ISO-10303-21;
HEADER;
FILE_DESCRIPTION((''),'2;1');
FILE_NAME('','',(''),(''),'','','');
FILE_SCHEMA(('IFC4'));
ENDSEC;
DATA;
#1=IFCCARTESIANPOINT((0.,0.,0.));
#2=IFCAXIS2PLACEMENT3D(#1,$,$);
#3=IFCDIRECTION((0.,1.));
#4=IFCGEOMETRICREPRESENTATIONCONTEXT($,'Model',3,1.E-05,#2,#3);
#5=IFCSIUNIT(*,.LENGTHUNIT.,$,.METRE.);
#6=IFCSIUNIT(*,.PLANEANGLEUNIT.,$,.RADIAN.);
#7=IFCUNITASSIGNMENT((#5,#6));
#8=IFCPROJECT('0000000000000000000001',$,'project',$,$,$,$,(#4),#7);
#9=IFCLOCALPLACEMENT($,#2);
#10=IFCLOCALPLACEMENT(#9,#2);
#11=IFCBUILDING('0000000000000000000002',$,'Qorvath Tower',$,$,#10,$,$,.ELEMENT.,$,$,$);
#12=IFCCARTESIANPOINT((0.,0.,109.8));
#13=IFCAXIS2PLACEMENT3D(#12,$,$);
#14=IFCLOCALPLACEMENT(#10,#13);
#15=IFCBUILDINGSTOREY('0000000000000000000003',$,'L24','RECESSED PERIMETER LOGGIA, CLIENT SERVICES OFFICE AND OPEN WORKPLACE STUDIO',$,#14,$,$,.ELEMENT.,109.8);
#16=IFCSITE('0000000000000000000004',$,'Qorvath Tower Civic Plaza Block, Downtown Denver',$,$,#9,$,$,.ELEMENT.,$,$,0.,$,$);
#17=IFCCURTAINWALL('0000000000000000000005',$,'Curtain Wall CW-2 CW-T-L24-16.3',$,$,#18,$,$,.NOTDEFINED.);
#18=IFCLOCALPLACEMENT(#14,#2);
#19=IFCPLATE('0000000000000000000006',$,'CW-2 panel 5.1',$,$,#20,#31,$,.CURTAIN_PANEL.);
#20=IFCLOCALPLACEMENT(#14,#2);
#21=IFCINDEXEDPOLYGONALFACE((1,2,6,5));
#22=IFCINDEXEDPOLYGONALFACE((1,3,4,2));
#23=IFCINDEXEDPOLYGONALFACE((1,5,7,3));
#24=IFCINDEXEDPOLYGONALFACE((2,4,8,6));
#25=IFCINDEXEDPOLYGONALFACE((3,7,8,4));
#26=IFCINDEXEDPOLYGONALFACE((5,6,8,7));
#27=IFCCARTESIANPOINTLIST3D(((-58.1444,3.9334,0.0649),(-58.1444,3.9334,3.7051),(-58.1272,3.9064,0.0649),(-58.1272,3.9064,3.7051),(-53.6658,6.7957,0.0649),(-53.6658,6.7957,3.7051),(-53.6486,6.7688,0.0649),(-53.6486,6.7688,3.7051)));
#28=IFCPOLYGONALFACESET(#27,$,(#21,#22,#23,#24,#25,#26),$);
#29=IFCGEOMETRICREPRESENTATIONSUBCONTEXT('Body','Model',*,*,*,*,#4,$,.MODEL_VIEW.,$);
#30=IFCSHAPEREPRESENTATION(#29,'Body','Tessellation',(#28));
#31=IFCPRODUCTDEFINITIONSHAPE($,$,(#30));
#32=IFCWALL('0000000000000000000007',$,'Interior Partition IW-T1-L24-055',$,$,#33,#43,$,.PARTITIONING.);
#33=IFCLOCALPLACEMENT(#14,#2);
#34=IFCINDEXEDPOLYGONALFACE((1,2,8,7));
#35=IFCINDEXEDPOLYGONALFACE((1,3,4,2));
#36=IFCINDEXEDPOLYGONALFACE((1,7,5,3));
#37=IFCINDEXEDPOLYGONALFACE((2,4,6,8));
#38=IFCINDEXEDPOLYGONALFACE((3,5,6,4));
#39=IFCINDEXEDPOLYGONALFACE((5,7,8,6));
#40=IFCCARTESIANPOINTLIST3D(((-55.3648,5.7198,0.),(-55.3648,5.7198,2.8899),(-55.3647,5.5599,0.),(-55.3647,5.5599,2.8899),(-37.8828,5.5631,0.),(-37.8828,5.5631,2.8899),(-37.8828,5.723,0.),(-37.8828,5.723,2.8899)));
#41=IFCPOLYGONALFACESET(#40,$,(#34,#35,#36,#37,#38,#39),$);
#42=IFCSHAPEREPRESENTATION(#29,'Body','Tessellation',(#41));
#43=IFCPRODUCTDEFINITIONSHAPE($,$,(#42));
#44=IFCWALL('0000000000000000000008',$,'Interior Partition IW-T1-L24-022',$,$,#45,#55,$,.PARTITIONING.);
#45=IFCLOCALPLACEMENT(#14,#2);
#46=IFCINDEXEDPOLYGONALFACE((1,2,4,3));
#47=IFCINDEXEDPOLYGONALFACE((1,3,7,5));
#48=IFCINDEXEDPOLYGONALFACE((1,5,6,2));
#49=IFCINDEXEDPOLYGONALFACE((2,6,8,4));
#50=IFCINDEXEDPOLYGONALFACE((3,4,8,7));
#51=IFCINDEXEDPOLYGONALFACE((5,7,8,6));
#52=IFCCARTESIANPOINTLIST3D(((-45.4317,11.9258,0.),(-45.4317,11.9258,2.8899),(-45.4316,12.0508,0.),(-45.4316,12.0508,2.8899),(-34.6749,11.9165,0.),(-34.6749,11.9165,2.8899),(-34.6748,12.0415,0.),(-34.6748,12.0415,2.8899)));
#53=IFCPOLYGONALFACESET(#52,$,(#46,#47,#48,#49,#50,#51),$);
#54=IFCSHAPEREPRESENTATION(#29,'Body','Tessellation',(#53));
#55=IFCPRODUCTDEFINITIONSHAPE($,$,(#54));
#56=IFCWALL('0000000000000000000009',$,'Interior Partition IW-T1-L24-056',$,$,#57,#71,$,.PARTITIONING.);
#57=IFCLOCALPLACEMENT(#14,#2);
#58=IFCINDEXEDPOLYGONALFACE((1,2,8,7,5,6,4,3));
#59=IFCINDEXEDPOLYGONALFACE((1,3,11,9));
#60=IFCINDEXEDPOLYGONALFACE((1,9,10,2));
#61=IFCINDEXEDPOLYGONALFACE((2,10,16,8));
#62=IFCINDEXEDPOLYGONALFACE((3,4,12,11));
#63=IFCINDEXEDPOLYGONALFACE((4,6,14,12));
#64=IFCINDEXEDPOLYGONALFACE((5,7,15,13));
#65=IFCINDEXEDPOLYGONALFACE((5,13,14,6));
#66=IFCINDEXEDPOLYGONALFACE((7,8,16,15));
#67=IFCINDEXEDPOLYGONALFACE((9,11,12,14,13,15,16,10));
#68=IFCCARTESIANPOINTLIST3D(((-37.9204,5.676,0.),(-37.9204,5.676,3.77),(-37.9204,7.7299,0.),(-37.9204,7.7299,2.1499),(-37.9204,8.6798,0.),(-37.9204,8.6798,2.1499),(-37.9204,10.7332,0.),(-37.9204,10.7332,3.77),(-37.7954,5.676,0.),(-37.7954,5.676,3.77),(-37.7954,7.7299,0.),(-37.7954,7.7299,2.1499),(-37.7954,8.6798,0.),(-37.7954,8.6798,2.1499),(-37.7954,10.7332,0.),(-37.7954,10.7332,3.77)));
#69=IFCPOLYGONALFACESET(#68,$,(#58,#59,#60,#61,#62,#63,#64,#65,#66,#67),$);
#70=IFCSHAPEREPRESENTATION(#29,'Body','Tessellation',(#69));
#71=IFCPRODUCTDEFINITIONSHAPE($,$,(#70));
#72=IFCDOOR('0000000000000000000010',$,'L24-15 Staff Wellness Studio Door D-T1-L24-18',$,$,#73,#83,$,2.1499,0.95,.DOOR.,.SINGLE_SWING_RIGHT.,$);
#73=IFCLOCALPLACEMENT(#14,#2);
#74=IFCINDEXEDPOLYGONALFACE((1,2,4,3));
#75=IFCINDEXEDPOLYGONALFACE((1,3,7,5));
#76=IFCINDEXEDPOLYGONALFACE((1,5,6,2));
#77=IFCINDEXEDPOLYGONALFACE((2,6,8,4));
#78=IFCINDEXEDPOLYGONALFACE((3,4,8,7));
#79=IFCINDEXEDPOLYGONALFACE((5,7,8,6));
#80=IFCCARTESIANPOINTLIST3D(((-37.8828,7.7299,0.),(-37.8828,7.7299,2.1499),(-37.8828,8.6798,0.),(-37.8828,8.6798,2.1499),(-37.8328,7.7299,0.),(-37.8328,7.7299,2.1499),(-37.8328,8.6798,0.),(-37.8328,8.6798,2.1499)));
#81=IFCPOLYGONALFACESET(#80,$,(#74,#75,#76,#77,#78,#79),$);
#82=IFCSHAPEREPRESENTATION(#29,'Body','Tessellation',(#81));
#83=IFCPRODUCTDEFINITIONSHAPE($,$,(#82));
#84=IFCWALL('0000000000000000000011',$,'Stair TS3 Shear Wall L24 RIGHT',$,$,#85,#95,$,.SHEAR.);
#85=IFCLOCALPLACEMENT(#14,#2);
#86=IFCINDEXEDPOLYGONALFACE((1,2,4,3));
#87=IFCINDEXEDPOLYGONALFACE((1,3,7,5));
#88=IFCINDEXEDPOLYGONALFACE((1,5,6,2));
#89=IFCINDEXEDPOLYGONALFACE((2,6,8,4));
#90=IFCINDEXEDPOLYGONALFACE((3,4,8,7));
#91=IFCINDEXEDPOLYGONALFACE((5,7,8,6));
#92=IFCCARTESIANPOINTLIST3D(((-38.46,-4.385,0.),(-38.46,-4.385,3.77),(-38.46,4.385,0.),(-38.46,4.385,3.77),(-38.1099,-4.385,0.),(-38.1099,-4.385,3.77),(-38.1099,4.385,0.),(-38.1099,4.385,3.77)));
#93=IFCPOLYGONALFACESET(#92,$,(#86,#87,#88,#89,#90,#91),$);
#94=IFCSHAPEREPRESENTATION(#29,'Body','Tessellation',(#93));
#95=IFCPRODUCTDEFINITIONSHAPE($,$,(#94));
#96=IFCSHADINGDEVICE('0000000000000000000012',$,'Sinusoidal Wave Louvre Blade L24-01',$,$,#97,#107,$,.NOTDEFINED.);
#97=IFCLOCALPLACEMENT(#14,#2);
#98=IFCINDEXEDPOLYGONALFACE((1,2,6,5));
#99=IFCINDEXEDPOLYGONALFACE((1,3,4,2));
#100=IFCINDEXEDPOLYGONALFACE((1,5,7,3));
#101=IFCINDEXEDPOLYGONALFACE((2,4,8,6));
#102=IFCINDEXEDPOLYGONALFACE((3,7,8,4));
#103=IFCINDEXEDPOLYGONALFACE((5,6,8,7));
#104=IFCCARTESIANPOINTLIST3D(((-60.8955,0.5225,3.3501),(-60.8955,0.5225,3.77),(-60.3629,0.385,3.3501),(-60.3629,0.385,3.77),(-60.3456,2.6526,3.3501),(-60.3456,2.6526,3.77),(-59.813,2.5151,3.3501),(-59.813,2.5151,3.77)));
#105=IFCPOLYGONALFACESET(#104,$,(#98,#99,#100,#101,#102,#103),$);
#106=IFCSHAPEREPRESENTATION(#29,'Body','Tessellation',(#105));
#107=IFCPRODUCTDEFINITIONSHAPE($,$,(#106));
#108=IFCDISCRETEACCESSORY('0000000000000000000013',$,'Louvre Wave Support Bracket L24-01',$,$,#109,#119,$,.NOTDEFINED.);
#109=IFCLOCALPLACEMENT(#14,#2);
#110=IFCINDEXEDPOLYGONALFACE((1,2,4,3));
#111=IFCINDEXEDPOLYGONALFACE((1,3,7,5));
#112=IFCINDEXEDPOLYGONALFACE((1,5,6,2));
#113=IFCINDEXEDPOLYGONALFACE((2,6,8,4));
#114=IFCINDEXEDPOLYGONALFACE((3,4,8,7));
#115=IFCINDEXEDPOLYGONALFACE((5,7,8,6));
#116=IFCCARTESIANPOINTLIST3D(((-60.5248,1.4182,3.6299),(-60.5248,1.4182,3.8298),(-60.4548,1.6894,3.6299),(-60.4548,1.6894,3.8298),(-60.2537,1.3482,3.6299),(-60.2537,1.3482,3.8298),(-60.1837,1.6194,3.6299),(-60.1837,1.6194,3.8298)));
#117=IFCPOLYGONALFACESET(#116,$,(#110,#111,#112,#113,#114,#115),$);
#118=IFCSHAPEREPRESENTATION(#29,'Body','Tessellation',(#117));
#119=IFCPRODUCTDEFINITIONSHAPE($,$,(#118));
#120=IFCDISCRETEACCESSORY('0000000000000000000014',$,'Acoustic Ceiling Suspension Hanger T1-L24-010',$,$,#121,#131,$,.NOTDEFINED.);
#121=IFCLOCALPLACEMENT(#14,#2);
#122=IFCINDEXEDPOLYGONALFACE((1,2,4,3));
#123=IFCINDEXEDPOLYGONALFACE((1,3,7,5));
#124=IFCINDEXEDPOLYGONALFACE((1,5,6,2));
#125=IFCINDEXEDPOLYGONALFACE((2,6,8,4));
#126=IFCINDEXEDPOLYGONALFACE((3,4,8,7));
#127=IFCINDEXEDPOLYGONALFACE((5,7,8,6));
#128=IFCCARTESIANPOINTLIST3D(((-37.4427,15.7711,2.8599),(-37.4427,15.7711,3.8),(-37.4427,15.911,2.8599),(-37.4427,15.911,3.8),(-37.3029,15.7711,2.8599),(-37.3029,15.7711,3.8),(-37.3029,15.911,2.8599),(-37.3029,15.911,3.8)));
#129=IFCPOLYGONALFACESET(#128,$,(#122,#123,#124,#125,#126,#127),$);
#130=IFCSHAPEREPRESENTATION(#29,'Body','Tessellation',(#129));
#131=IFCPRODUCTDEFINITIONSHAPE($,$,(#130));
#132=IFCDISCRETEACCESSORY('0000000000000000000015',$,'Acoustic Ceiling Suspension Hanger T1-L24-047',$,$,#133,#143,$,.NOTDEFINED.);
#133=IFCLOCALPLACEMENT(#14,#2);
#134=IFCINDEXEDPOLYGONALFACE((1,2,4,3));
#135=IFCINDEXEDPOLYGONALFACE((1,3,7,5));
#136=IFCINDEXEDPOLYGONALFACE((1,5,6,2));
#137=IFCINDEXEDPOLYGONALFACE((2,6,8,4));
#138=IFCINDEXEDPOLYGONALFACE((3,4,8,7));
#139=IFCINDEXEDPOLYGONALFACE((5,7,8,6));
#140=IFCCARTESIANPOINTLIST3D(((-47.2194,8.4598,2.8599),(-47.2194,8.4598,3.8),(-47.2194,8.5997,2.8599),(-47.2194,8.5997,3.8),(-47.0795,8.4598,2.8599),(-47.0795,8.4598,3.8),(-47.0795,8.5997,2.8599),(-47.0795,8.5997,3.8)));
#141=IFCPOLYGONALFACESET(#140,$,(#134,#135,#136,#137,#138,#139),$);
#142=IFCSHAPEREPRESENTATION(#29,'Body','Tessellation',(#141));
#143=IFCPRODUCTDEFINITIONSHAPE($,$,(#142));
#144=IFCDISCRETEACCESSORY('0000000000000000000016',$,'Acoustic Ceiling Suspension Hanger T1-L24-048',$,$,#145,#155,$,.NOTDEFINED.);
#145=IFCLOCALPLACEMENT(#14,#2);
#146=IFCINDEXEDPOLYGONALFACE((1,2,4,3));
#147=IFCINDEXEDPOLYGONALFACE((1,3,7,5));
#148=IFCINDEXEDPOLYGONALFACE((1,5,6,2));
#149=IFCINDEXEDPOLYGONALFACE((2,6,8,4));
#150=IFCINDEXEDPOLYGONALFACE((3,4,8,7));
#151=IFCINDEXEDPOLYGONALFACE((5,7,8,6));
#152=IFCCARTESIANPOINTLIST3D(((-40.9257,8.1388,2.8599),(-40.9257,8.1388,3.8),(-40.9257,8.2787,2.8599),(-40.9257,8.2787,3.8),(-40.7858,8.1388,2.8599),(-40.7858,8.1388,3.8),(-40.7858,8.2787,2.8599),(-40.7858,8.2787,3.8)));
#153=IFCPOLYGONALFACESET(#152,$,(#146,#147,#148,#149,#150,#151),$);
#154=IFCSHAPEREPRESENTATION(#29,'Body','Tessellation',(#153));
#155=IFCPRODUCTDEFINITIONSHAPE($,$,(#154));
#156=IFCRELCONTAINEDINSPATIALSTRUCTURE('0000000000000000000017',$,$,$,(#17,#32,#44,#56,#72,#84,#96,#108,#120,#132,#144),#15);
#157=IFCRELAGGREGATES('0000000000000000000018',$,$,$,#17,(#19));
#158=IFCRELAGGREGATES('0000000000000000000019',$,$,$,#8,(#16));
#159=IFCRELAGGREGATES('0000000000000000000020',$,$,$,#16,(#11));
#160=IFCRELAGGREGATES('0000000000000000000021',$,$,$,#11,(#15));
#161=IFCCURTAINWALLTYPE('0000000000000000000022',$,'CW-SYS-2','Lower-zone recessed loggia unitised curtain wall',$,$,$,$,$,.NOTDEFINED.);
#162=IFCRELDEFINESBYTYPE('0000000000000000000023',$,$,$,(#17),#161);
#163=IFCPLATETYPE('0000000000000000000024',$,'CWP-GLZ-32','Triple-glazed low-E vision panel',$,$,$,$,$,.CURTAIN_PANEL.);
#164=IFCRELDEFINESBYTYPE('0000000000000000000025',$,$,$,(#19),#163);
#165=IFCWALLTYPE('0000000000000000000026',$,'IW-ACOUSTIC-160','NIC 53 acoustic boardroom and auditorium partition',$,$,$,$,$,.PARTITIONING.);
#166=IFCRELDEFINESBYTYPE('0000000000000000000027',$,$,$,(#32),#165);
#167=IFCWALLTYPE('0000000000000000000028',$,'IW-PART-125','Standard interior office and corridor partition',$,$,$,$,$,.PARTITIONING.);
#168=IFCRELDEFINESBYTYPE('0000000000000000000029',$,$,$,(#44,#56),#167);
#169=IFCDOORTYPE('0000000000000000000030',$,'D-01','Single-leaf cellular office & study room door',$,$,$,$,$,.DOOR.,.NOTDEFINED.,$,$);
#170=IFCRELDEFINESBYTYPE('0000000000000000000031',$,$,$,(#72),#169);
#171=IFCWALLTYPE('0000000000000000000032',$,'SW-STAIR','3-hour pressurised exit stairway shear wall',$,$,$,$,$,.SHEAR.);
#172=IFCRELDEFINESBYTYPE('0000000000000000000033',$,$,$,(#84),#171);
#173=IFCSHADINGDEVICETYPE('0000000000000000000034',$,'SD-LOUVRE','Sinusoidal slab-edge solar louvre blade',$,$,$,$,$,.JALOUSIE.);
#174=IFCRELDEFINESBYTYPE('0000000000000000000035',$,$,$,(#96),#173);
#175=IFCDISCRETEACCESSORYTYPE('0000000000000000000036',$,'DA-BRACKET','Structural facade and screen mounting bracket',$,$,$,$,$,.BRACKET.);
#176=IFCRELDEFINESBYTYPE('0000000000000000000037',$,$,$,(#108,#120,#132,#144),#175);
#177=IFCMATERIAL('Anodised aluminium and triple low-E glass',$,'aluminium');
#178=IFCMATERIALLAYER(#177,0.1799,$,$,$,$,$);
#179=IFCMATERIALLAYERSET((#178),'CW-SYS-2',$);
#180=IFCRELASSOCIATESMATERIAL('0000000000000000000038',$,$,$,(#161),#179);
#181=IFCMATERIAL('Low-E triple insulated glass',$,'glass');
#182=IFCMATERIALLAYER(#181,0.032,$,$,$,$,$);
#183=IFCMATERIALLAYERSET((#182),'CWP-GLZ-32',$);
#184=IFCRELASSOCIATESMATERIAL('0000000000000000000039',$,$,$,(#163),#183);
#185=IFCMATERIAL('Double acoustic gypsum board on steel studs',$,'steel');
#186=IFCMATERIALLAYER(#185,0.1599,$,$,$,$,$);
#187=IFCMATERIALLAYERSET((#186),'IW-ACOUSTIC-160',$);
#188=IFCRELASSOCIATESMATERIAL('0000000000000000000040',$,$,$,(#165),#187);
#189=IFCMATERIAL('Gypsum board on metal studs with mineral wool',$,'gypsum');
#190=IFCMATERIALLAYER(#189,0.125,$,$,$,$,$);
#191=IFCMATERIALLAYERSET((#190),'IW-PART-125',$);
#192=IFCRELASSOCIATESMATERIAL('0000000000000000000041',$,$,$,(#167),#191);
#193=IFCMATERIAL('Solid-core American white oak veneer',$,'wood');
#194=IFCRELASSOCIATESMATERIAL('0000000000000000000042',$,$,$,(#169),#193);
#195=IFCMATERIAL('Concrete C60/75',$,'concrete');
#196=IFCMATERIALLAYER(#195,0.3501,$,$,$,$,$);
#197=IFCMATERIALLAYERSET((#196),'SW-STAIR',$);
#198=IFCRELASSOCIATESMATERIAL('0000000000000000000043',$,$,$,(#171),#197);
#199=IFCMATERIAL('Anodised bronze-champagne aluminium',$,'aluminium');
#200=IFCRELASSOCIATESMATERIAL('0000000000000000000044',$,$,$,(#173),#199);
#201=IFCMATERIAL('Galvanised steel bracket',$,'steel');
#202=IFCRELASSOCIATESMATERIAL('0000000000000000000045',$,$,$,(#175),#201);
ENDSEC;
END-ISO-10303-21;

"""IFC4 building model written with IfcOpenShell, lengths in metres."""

from ifc_helpers import new_model, si_unit, direction, frame, frame_2d, origin, origin_2d, place, context, subcontext, project, spatial, rectangle, extrude, material, layer, layer_set, type_object, element, fill, aggregate, save


model = new_model("IFC4")

# Units and contexts
model_context = context("Model", 3, precision=1e-05, world=origin(), true_north=direction((0.0, 1.0)))
body_context = subcontext(model_context, "Body", "Model", "MODEL_VIEW")
ifc_project = project(units=[si_unit("LENGTHUNIT", "METRE"), si_unit("PLANEANGLEUNIT", "RADIAN")], contexts=[model_context])

# Site, building, storey
site_placement = place(None, origin())
site = spatial("IfcSite", under=ifc_project, at=site_placement, Name="Qorvath Tower Civic Plaza Block, Downtown Denver", CompositionType="ELEMENT", RefElevation=0.0)
building_placement = place(site_placement, origin())
building = spatial("IfcBuilding", under=site, at=building_placement, Name="Qorvath Tower", CompositionType="ELEMENT")
storey_placement = place(building_placement, frame((0.0, 0.0, 109.8)))
storey = spatial("IfcBuildingStorey", under=building, at=storey_placement, Name="L24", Description="RECESSED PERIMETER LOGGIA, CLIENT SERVICES OFFICE AND OPEN WORKPLACE STUDIO", CompositionType="ELEMENT", Elevation=109.8)

# Curtain wall, plate
ifc_material_1 = material(Name="Anodised aluminium and triple low-E glass", Category="aluminium")
ifc_layer_1 = layer(ifc_material_1, 0.1799)
ifc_layer_set_1 = layer_set([ifc_layer_1], Name="CW-SYS-2")
curtain_wall_type = type_object("IfcCurtainWallType", Name="CW-SYS-2", Description="Lower-zone recessed loggia unitised curtain wall", PredefinedType="NOTDEFINED", material=ifc_layer_set_1)
curtain_wall_placement = place(storey_placement, origin())
curtain_wall = element("IfcCurtainWall", 1, at=curtain_wall_placement, inside=storey, type_object=curtain_wall_type, Name="Curtain Wall CW-2 CW-T-L24-16.3", PredefinedType="NOTDEFINED")
ifc_material_2 = material(Name="Low-E triple insulated glass", Category="glass")
ifc_layer_2 = layer(ifc_material_2, 0.032)
ifc_layer_set_2 = layer_set([ifc_layer_2], Name="CWP-GLZ-32")
plate_type = type_object("IfcPlateType", Name="CWP-GLZ-32", Description="Triple-glazed low-E vision panel", PredefinedType="CURTAIN_PANEL", material=ifc_layer_set_2)
plate_1_placement = place(storey_placement, frame((-55.8965, 5.3511, 0.0649), z_axis=(0.0, 0.0, 1.0), x_axis=(-0.842606, -0.53853, 0.0)))
plate_1 = element("IfcPlate", 2, at=plate_1_placement, type_object=plate_type, Name="CW-2 panel 5.1", PredefinedType="CURTAIN_PANEL", context=body_context, shape_type="SweptSolid", body=[
    extrude(rectangle(XDim=5.3152, YDim=0.032, at=origin_2d()), origin(), (0.0, 0.0, 1.0), 3.6401),
])
aggregate(curtain_wall, [plate_1])

# Walls
ifc_material_3 = material(Name="Double acoustic gypsum board on steel studs", Category="steel")
ifc_layer_3 = layer(ifc_material_3, 0.1599)
ifc_layer_set_3 = layer_set([ifc_layer_3], Name="IW-ACOUSTIC-160")
wall_type_1 = type_object("IfcWallType", Name="IW-ACOUSTIC-160", Description="NIC 53 acoustic boardroom and auditorium partition", PredefinedType="PARTITIONING", material=ifc_layer_set_3)
wall_1_placement = place(storey_placement, frame((-37.8828, 5.6431, 0.0), z_axis=(0.0, 0.0, 1.0), x_axis=(-1.0, -0.000182, 0.0)))
element("IfcWall", 3, at=wall_1_placement, inside=storey, type_object=wall_type_1, Name="Interior Partition IW-T1-L24-055", PredefinedType="PARTITIONING", context=body_context, shape_type="SweptSolid", body=[
    extrude(rectangle(XDim=17.4819, YDim=0.1599, at=frame_2d((8.741, 0.0))), origin(), (0.0, 0.0, 1.0), 2.8899),
])
ifc_material_4 = material(Name="Gypsum board on metal studs with mineral wool", Category="gypsum")
ifc_layer_4 = layer(ifc_material_4, 0.125)
ifc_layer_set_4 = layer_set([ifc_layer_4], Name="IW-PART-125")
wall_type_2 = type_object("IfcWallType", Name="IW-PART-125", Description="Standard interior office and corridor partition", PredefinedType="PARTITIONING", material=ifc_layer_set_4)
wall_2_placement = place(storey_placement, frame((-45.4316, 11.9883, 0.0), z_axis=(0.0, 0.0, 1.0), x_axis=(1.0, -0.000862, 0.0)))
element("IfcWall", 4, at=wall_2_placement, inside=storey, type_object=wall_type_2, Name="Interior Partition IW-T1-L24-022", PredefinedType="PARTITIONING", context=body_context, shape_type="SweptSolid", body=[
    extrude(rectangle(XDim=10.7568, YDim=0.125, at=frame_2d((5.3784, 0.0))), origin(), (0.0, 0.0, 1.0), 2.8899),
])

# Wall, opening, door
wall_3_placement = place(storey_placement, frame((-37.8579, 5.676, 0.0), z_axis=(0.0, 0.0, 1.0), x_axis=(0.0, 1.0, 0.0)))
wall_3 = element("IfcWall", 5, at=wall_3_placement, inside=storey, type_object=wall_type_2, Name="Interior Partition IW-T1-L24-056", PredefinedType="PARTITIONING", context=body_context, shape_type="SweptSolid", body=[
    extrude(rectangle(XDim=5.0571, YDim=0.125, at=frame_2d((2.5286, 0.0))), origin(), (0.0, 0.0, 1.0), 3.77),
])
opening_placement = place(wall_3_placement, frame((2.0537, 0.0, 0.0)))
opening = element("IfcOpeningElement", 6, at=opening_placement, cuts=wall_3, PredefinedType="OPENING", context=body_context, shape_type="SweptSolid", body=[
    extrude(rectangle(XDim=0.95, YDim=2.1499, at=frame_2d((0.4751, 1.075))), frame((0.0, 0.0725, 0.0), z_axis=(0.0, -1.0, 0.0), x_axis=(1.0, 0.0, 0.0)), (0.0, 0.0, 1.0), 0.145),
])
ifc_material_5 = material(Name="Solid-core American white oak veneer", Category="wood")
door_type = type_object("IfcDoorType", Name="D-01", Description="Single-leaf cellular office & study room door", OperationType="NOTDEFINED", PredefinedType="DOOR", material=ifc_material_5)
door_placement = place(opening_placement, origin())
door = element("IfcDoor", 7, at=door_placement, inside=storey, type_object=door_type, Name="L24-15 Staff Wellness Studio Door D-T1-L24-18", OperationType="SINGLE_SWING_RIGHT", OverallHeight=2.1499, OverallWidth=0.95, PredefinedType="DOOR", context=body_context, shape_type="SweptSolid", body=[
    extrude(rectangle(XDim=0.95, YDim=2.1499, at=frame_2d((0.4751, 1.075))), frame((0.0, 0.0249, 0.0), z_axis=(0.0, -1.0, 0.0), x_axis=(1.0, 0.0, 0.0)), (0.0, 0.0, 1.0), 0.05),
])
fill(opening, door)

# Wall
ifc_material_6 = material(Name="Concrete C60/75", Category="concrete")
ifc_layer_5 = layer(ifc_material_6, 0.3501)
ifc_layer_set_5 = layer_set([ifc_layer_5], Name="SW-STAIR")
wall_type_3 = type_object("IfcWallType", Name="SW-STAIR", Description="3-hour pressurised exit stairway shear wall", PredefinedType="SHEAR", material=ifc_layer_set_5)
wall_4_placement = place(storey_placement, frame((-38.2849, 4.385, 0.0), z_axis=(0.0, 0.0, 1.0), x_axis=(0.0, -1.0, 0.0)))
element("IfcWall", 8, at=wall_4_placement, inside=storey, type_object=wall_type_3, Name="Stair TS3 Shear Wall L24 RIGHT", PredefinedType="SHEAR", context=body_context, shape_type="SweptSolid", body=[
    extrude(rectangle(XDim=8.77, YDim=0.3501, at=frame_2d((4.385, 0.0))), origin(), (0.0, 0.0, 1.0), 3.77),
])

# Shading device
ifc_material_7 = material(Name="Anodised bronze-champagne aluminium", Category="aluminium")
shading_device_type = type_object("IfcShadingDeviceType", Name="SD-LOUVRE", Description="Sinusoidal slab-edge solar louvre blade", PredefinedType="JALOUSIE", material=ifc_material_7)
shading_device_placement = place(storey_placement, frame((-60.3542, 1.5188, 3.3501), z_axis=(0.0, 0.0, 1.0), x_axis=(-0.249942, -0.968261, 0.0)))
element("IfcShadingDevice", 9, at=shading_device_placement, inside=storey, type_object=shading_device_type, Name="Sinusoidal Wave Louvre Blade L24-01", PredefinedType="NOTDEFINED", context=body_context, shape_type="SweptSolid", body=[
    extrude(rectangle(XDim=2.2, YDim=0.55, at=origin_2d()), origin(), (0.0, 0.0, 1.0), 0.4199),
])

# Discrete accessories
ifc_material_8 = material(Name="Galvanised steel bracket", Category="steel")
discrete_accessory_type = type_object("IfcDiscreteAccessoryType", Name="DA-BRACKET", Description="Structural facade and screen mounting bracket", PredefinedType="BRACKET", material=ifc_material_8)
discrete_accessory_placement = place(storey_placement, frame((-60.3542, 1.5188, 3.6299), z_axis=(0.0, 0.0, 1.0), x_axis=(-0.249942, -0.968261, 0.0)))
element("IfcDiscreteAccessory", 10, at=discrete_accessory_placement, inside=storey, type_object=discrete_accessory_type, Name="Louvre Wave Support Bracket L24-01", PredefinedType="NOTDEFINED", context=body_context, shape_type="SweptSolid", body=[
    extrude(rectangle(XDim=0.28, YDim=0.28, at=origin_2d()), origin(), (0.0, 0.0, 1.0), 0.2),
])
for number, where, z_axis, x_axis, name in (
    (11, (-37.3728, 15.8411, 2.8599), (0.0, 0.0, 1.0), (1.0, 0.0, 0.0), "Acoustic Ceiling Suspension Hanger T1-L24-010"),
    (12, (-47.1494, 8.5298, 2.8599), (0.0, 0.0, 1.0), (1.0, 0.0, 0.0), "Acoustic Ceiling Suspension Hanger T1-L24-047"),
    (13, (-40.8557, 8.2087, 2.8599), (0.0, 0.0, 1.0), (1.0, 0.0, 0.0), "Acoustic Ceiling Suspension Hanger T1-L24-048"),
):
    element("IfcDiscreteAccessory", number, at=place(storey_placement, frame(where, z_axis=z_axis, x_axis=x_axis)), inside=storey, type_object=discrete_accessory_type, Name=name, PredefinedType="NOTDEFINED", context=body_context, shape_type="SweptSolid", body=[
        extrude(rectangle(XDim=0.1399, YDim=0.1399, at=origin_2d()), origin(), (0.0, 0.0, 1.0), 0.9402),
    ])

save(model, "model.ifc")
